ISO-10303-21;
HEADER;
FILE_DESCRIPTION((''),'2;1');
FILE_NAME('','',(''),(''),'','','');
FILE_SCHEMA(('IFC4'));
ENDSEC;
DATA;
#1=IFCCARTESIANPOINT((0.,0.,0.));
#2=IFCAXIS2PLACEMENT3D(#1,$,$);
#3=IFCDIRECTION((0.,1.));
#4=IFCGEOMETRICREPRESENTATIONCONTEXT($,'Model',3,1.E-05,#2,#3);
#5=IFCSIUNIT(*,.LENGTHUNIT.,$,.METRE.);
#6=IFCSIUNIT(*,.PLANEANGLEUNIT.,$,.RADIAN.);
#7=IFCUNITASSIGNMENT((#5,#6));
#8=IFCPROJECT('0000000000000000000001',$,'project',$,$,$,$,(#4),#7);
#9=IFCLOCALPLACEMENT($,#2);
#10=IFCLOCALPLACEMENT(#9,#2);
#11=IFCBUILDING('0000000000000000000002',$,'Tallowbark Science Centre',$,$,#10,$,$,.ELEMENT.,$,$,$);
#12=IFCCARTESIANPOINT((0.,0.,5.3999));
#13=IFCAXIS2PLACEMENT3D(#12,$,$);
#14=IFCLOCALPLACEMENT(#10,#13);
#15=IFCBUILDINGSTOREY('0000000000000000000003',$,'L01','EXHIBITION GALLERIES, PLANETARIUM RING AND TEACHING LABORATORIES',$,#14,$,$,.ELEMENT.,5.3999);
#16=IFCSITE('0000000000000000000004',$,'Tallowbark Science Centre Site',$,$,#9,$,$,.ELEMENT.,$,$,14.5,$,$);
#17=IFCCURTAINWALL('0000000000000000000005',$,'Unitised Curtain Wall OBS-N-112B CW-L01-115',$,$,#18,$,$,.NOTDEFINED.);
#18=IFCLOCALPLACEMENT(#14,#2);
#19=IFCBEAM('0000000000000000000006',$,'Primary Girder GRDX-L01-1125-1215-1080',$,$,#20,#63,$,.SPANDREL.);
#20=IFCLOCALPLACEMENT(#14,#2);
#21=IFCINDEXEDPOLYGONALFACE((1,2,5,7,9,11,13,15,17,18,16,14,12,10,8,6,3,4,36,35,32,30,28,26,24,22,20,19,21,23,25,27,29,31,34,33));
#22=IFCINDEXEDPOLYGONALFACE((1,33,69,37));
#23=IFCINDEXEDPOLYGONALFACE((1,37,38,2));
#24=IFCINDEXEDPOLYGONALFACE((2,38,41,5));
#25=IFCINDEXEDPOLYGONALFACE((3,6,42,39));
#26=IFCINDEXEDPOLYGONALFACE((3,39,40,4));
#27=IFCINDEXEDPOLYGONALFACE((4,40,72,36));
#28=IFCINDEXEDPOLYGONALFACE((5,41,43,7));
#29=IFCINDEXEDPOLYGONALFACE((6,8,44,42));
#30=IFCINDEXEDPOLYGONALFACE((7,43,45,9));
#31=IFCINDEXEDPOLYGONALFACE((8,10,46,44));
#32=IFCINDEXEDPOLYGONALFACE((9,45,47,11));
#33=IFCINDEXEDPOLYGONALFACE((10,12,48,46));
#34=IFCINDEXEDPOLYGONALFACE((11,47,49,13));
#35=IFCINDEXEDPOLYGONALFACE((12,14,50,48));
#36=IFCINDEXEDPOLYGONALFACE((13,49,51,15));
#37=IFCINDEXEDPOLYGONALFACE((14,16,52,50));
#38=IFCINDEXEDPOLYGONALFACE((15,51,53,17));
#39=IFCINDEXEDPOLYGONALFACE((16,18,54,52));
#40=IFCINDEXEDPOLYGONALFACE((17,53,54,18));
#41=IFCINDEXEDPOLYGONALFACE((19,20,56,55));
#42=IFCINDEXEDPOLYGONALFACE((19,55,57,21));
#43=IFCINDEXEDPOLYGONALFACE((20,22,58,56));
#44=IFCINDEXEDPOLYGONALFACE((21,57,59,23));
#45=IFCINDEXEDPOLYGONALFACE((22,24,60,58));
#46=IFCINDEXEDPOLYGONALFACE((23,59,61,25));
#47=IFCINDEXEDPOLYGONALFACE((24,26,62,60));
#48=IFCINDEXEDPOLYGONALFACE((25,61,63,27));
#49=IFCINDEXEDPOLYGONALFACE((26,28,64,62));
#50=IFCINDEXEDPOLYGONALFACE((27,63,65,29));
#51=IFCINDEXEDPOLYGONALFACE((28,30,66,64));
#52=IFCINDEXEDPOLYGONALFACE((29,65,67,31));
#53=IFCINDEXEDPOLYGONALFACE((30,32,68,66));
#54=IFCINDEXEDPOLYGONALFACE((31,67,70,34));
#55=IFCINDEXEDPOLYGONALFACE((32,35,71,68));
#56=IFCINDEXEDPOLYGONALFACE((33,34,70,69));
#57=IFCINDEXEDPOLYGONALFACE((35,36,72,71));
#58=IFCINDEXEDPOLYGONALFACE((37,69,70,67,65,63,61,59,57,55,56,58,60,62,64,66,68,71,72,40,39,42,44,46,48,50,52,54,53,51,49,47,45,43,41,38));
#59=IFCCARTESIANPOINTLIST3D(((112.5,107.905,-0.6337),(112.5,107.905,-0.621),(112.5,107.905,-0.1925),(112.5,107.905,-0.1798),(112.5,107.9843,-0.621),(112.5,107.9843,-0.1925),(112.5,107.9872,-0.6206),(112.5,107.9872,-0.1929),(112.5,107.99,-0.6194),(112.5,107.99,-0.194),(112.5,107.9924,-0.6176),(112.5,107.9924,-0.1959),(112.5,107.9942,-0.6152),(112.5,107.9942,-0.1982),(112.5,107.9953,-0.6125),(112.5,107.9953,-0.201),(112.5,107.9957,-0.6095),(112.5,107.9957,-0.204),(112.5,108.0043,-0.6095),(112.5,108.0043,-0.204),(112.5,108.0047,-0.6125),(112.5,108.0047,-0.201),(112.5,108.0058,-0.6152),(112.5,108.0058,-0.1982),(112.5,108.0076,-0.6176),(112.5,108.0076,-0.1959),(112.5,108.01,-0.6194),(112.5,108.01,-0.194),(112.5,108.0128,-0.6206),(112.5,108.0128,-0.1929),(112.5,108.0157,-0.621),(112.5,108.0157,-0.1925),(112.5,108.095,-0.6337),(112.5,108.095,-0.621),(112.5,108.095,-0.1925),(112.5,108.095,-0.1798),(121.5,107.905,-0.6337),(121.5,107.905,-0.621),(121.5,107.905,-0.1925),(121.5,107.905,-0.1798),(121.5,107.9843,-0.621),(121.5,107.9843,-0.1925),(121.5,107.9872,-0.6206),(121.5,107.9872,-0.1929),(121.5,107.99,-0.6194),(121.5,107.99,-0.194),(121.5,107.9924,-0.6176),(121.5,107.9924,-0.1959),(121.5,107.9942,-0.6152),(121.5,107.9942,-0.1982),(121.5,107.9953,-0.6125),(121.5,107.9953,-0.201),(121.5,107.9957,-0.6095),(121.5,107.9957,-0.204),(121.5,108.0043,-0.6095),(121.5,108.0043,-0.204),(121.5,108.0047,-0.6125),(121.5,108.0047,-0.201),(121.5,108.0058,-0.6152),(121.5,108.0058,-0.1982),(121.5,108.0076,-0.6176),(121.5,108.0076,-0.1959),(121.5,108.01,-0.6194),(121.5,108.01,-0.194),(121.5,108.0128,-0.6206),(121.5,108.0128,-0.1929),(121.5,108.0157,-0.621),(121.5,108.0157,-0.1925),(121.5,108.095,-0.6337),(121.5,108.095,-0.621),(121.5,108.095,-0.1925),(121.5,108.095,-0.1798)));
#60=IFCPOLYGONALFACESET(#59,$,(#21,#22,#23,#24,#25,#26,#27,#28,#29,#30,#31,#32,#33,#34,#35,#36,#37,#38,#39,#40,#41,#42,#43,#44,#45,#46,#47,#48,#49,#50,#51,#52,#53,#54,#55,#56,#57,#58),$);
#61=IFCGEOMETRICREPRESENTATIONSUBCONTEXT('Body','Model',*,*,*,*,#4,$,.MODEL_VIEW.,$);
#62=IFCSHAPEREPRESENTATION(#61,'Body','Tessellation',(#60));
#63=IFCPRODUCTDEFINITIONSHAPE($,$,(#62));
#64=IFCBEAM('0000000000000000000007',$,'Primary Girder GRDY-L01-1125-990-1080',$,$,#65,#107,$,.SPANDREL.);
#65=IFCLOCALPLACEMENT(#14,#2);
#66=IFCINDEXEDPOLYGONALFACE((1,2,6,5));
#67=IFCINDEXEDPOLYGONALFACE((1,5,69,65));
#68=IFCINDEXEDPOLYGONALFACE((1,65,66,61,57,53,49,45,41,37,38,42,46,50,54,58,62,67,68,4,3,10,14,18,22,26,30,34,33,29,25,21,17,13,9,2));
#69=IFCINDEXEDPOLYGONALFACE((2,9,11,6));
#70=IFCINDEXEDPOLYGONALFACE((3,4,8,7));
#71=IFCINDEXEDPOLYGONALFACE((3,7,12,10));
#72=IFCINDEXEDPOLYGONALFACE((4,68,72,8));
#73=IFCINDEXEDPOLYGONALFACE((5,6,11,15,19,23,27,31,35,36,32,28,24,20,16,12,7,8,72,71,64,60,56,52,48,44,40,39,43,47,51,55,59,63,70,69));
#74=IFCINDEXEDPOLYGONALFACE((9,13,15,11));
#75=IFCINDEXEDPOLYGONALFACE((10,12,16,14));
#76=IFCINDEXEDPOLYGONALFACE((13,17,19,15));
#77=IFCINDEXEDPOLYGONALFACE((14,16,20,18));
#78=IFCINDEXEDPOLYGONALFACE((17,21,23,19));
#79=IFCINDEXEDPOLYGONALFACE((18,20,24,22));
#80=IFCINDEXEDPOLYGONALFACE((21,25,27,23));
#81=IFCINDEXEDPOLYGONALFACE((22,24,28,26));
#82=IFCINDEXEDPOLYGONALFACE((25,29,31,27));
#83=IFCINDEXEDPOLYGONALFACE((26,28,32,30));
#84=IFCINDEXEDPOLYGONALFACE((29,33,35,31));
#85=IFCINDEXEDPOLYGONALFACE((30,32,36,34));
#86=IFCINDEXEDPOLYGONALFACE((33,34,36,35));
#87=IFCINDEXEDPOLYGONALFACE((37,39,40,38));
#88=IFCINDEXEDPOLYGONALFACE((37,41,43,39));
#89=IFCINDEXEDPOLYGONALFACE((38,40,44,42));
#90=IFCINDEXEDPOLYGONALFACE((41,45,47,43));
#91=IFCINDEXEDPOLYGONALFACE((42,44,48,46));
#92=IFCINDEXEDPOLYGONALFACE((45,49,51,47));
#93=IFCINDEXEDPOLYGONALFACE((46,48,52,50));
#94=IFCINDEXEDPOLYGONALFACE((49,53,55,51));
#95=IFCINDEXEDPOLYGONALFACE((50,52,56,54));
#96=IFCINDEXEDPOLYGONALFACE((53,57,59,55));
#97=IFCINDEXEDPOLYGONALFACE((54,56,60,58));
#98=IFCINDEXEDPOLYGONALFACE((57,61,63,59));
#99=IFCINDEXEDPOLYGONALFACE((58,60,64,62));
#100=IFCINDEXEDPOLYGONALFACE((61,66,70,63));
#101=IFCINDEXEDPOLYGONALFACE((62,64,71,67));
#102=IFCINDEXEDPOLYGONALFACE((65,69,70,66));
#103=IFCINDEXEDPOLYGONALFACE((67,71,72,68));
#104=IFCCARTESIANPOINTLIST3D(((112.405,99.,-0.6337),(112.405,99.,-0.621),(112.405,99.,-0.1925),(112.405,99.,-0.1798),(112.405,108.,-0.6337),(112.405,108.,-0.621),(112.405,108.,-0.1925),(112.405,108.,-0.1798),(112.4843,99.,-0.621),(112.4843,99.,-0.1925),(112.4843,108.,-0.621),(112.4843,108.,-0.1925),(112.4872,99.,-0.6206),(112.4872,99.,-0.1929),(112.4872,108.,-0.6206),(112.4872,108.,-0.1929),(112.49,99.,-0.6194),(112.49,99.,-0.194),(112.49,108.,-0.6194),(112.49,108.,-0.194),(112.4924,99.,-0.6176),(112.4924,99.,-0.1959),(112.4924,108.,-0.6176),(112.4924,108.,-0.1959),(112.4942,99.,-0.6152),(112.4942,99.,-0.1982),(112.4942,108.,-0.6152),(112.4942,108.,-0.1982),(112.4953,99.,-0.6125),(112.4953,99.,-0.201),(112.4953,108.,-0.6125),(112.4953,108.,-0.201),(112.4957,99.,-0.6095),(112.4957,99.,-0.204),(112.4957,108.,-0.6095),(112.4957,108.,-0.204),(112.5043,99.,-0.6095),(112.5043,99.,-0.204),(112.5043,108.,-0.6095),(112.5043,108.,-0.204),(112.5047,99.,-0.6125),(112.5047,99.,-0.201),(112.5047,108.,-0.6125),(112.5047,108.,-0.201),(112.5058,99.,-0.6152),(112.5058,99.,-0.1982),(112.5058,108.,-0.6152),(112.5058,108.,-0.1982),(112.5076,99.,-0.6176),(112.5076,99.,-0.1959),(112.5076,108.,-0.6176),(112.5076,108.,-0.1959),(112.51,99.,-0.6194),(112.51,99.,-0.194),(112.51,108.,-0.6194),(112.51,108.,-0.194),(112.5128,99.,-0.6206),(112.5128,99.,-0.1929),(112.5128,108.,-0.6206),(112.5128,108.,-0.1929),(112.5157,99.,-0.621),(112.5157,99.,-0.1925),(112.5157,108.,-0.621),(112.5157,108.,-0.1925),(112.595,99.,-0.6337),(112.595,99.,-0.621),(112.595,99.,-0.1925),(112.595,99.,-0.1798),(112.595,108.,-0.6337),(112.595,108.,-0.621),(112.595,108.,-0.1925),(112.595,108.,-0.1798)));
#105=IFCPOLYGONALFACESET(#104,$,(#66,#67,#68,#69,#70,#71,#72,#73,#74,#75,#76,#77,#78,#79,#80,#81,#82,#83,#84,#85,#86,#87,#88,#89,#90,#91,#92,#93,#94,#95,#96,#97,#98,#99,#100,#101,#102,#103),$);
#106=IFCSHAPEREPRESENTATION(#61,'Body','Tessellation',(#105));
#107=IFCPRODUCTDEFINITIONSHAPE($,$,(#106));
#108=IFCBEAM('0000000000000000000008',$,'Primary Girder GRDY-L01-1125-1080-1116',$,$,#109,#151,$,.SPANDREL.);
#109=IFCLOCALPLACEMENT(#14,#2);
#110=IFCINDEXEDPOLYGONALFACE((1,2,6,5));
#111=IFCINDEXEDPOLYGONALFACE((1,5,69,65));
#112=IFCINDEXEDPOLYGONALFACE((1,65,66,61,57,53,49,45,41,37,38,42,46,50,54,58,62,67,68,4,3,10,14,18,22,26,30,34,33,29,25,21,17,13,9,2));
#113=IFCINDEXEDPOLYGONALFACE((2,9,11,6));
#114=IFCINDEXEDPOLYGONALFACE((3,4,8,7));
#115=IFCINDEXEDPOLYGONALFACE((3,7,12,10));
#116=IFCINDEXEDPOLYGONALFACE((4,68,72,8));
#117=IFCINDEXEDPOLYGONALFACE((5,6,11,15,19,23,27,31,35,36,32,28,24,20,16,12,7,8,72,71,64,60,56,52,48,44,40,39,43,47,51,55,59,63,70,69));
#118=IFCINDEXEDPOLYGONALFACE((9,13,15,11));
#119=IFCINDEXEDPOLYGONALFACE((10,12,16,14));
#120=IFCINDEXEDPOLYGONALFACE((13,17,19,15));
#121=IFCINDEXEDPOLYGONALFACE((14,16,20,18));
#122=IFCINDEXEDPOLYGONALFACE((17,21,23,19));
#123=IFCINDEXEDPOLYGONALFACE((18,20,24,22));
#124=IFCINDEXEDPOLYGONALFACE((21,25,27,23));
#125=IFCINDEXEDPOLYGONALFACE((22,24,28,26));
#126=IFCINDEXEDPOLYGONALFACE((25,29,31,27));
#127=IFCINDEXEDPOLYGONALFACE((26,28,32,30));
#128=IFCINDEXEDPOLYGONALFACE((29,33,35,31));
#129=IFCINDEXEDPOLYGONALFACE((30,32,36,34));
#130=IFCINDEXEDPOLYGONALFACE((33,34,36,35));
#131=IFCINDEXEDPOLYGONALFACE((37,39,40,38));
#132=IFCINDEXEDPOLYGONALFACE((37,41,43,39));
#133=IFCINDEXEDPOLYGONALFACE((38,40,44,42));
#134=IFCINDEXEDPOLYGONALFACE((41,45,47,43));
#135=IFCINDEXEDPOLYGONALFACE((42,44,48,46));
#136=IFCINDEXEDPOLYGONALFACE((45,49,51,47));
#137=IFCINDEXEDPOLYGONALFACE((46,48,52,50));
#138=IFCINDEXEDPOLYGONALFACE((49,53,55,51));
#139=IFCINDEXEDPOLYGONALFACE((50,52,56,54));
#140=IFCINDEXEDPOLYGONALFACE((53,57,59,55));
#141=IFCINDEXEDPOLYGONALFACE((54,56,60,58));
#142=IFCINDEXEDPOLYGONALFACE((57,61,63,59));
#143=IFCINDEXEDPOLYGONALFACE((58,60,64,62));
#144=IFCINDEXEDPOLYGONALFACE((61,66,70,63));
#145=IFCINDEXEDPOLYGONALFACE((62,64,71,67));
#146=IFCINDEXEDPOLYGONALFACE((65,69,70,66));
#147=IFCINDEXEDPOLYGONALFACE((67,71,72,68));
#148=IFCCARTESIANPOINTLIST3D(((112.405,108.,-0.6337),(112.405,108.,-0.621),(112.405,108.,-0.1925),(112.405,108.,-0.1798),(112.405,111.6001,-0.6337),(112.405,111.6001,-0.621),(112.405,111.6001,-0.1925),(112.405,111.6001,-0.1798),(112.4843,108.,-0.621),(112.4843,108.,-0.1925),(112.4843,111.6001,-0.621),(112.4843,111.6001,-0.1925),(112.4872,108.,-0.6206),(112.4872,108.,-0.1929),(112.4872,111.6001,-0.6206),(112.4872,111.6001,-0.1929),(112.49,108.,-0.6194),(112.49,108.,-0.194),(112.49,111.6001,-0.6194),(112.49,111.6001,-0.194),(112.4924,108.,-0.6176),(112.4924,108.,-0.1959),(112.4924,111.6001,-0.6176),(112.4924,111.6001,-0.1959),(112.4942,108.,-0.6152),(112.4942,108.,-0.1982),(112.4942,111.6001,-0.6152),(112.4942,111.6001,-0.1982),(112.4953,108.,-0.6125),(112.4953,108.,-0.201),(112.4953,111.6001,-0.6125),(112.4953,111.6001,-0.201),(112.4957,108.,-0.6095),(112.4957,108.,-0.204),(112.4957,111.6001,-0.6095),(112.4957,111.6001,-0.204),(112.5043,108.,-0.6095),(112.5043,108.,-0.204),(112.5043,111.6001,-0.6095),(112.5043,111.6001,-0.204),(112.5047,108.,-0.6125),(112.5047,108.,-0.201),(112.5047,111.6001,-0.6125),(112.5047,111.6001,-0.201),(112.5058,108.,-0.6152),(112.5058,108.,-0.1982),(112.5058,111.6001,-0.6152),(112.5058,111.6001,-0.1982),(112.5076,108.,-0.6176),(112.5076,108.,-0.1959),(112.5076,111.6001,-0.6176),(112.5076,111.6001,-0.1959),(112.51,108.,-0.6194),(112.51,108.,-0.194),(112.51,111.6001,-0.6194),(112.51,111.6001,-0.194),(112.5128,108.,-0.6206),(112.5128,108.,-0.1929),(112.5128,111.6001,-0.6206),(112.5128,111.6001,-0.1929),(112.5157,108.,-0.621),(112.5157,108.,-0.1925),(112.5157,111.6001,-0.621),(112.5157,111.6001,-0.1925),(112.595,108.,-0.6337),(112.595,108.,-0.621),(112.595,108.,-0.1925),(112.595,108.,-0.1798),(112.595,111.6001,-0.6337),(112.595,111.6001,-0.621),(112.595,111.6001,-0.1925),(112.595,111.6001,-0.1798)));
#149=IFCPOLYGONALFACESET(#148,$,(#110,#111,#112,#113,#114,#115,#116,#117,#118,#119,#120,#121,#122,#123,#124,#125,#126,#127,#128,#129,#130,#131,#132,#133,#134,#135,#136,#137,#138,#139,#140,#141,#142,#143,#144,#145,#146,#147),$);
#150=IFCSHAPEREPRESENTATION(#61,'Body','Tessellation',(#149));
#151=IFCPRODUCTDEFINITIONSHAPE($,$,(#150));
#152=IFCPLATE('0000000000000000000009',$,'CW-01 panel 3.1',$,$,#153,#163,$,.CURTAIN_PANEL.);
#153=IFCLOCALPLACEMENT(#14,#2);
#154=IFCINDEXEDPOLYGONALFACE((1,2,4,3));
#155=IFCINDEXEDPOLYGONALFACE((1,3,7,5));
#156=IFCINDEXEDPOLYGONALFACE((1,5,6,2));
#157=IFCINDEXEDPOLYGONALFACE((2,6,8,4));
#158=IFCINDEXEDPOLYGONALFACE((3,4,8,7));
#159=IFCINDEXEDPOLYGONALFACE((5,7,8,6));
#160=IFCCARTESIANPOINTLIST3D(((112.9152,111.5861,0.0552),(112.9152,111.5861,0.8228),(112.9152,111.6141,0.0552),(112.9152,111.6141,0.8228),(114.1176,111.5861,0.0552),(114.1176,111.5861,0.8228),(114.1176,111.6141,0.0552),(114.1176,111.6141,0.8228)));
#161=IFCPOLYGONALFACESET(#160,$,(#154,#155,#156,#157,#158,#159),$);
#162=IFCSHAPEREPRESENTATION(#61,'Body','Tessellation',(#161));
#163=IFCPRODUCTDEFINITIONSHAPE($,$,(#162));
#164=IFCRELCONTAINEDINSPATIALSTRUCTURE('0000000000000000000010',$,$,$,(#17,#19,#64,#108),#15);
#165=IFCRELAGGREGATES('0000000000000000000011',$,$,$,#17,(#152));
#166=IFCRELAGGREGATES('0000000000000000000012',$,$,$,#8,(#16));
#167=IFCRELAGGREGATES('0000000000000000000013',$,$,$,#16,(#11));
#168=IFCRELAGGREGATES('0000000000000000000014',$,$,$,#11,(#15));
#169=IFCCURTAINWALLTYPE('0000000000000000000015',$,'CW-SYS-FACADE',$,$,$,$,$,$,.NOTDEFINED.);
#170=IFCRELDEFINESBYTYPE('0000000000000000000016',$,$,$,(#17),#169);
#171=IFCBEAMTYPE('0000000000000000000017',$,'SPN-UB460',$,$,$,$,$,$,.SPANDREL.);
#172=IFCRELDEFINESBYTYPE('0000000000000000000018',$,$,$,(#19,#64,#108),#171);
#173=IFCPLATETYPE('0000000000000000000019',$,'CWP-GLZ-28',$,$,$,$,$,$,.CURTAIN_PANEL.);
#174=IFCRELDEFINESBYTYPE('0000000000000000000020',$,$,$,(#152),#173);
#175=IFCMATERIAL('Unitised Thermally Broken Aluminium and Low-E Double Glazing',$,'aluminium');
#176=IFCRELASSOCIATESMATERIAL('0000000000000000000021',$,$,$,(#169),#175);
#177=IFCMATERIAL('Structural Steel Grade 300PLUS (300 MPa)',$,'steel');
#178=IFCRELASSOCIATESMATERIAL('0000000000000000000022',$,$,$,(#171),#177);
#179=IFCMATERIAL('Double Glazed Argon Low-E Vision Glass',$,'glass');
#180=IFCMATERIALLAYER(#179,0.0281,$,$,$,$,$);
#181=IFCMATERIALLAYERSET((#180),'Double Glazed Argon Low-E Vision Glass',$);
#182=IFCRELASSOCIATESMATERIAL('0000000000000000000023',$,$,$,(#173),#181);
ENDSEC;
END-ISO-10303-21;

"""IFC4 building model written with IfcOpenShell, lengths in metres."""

from ifc_helpers import new_model, si_unit, direction, frame, origin, origin_2d, place, context, subcontext, project, spatial, rectangle, i_section, extrude, material, layer, layer_set, material_profile, profile_set, type_object, element, aggregate, save


model = new_model("IFC4")

# Units and contexts
model_context = context("Model", 3, precision=1e-05, world=origin(), true_north=direction((0.0, 1.0)))
body_context = subcontext(model_context, "Body", "Model", "MODEL_VIEW")
ifc_project = project(units=[si_unit("LENGTHUNIT", "METRE"), si_unit("PLANEANGLEUNIT", "RADIAN")], contexts=[model_context])

# Site, building, storey
site_placement = place(None, origin())
site = spatial("IfcSite", under=ifc_project, at=site_placement, Name="Tallowbark Science Centre Site", CompositionType="ELEMENT", RefElevation=14.5)
building_placement = place(site_placement, origin())
building = spatial("IfcBuilding", under=site, at=building_placement, Name="Tallowbark Science Centre", CompositionType="ELEMENT")
storey_placement = place(building_placement, frame((0.0, 0.0, 5.3999)))
storey = spatial("IfcBuildingStorey", under=building, at=storey_placement, Name="L01", Description="EXHIBITION GALLERIES, PLANETARIUM RING AND TEACHING LABORATORIES", CompositionType="ELEMENT", Elevation=5.3999)

# Shared definitions
ifc_material_1 = material(Name="Structural Steel Grade 300PLUS (300 MPa)", Category="steel")

# Curtain wall
ifc_material_2 = material(Name="Unitised Thermally Broken Aluminium and Low-E Double Glazing", Category="aluminium")
curtain_wall_type = type_object("IfcCurtainWallType", Name="CW-SYS-FACADE", PredefinedType="NOTDEFINED", material=ifc_material_2)
curtain_wall_placement = place(storey_placement, origin())
curtain_wall = element("IfcCurtainWall", 1, at=curtain_wall_placement, inside=storey, type_object=curtain_wall_type, Name="Unitised Curtain Wall OBS-N-112B CW-L01-115", PredefinedType="NOTDEFINED")

# Beams
ifc_material_profile_1 = material_profile(ifc_material_1, i_section(OverallWidth=0.1899, OverallDepth=0.4539, WebThickness=0.0085, FlangeThickness=0.0127, FilletRadius=0.0115, at=origin_2d()), Name="460UB67.1")
ifc_profile_set_1 = profile_set([ifc_material_profile_1], Name="Structural Steel Grade 300PLUS (300 MPa)")
beam_type_1 = type_object("IfcBeamType", Name="SPN-UB460", PredefinedType="SPANDREL", material=ifc_profile_set_1)
for number, where, z_axis, x_axis, name in (
    (2, (112.5, 108.0, -0.4067), (1.0, 0.0, 0.0), (0.0, 1.0, 0.0), "Primary Girder GRDX-L01-1125-1215-1080"),
    (3, (112.5, 99.0, -0.4067), (0.0, 1.0, 0.0), (-1.0, 0.0, 0.0), "Primary Girder GRDY-L01-1125-990-1080"),
):
    element("IfcBeam", number, at=place(storey_placement, frame(where, z_axis=z_axis, x_axis=x_axis)), inside=storey, type_object=beam_type_1, Name=name, PredefinedType="SPANDREL", context=body_context, shape_type="SweptSolid", body=[
        extrude(i_section(OverallWidth=0.1899, OverallDepth=0.4539, WebThickness=0.0085, FlangeThickness=0.0127, FilletRadius=0.0115, at=origin_2d()), origin(), (0.0, 0.0, 1.0), 9.0),
    ])
beam_1_placement = place(storey_placement, frame((112.5, 108.0, -0.4067), z_axis=(0.0, 1.0, 0.0), x_axis=(-1.0, 0.0, 0.0)))
element("IfcBeam", 4, at=beam_1_placement, inside=storey, type_object=beam_type_1, Name="Primary Girder GRDY-L01-1125-1080-1116", PredefinedType="SPANDREL", context=body_context, shape_type="SweptSolid", body=[
    extrude(i_section(OverallWidth=0.1899, OverallDepth=0.4539, WebThickness=0.0085, FlangeThickness=0.0127, FilletRadius=0.0115, at=origin_2d()), origin(), (0.0, 0.0, 1.0), 3.6001),
])

# Plate
ifc_material_3 = material(Name="Double Glazed Argon Low-E Vision Glass", Category="glass")
ifc_layer_1 = layer(ifc_material_3, 0.0281)
ifc_layer_set_1 = layer_set([ifc_layer_1], Name="Double Glazed Argon Low-E Vision Glass")
plate_type = type_object("IfcPlateType", Name="CWP-GLZ-28", PredefinedType="CURTAIN_PANEL", material=ifc_layer_set_1)
plate_placement = place(storey_placement, frame((113.5164, 111.6001, 0.0552), z_axis=(0.0, 0.0, 1.0), x_axis=(-1.0, 0.0, 0.0)))
plate = element("IfcPlate", 5, at=plate_placement, type_object=plate_type, Name="CW-01 panel 3.1", PredefinedType="CURTAIN_PANEL", context=body_context, shape_type="SweptSolid", body=[
    extrude(rectangle(XDim=1.2024, YDim=0.0281, at=origin_2d()), origin(), (0.0, 0.0, 1.0), 0.7676),
])
aggregate(curtain_wall, [plate])

save(model, "model.ifc")
